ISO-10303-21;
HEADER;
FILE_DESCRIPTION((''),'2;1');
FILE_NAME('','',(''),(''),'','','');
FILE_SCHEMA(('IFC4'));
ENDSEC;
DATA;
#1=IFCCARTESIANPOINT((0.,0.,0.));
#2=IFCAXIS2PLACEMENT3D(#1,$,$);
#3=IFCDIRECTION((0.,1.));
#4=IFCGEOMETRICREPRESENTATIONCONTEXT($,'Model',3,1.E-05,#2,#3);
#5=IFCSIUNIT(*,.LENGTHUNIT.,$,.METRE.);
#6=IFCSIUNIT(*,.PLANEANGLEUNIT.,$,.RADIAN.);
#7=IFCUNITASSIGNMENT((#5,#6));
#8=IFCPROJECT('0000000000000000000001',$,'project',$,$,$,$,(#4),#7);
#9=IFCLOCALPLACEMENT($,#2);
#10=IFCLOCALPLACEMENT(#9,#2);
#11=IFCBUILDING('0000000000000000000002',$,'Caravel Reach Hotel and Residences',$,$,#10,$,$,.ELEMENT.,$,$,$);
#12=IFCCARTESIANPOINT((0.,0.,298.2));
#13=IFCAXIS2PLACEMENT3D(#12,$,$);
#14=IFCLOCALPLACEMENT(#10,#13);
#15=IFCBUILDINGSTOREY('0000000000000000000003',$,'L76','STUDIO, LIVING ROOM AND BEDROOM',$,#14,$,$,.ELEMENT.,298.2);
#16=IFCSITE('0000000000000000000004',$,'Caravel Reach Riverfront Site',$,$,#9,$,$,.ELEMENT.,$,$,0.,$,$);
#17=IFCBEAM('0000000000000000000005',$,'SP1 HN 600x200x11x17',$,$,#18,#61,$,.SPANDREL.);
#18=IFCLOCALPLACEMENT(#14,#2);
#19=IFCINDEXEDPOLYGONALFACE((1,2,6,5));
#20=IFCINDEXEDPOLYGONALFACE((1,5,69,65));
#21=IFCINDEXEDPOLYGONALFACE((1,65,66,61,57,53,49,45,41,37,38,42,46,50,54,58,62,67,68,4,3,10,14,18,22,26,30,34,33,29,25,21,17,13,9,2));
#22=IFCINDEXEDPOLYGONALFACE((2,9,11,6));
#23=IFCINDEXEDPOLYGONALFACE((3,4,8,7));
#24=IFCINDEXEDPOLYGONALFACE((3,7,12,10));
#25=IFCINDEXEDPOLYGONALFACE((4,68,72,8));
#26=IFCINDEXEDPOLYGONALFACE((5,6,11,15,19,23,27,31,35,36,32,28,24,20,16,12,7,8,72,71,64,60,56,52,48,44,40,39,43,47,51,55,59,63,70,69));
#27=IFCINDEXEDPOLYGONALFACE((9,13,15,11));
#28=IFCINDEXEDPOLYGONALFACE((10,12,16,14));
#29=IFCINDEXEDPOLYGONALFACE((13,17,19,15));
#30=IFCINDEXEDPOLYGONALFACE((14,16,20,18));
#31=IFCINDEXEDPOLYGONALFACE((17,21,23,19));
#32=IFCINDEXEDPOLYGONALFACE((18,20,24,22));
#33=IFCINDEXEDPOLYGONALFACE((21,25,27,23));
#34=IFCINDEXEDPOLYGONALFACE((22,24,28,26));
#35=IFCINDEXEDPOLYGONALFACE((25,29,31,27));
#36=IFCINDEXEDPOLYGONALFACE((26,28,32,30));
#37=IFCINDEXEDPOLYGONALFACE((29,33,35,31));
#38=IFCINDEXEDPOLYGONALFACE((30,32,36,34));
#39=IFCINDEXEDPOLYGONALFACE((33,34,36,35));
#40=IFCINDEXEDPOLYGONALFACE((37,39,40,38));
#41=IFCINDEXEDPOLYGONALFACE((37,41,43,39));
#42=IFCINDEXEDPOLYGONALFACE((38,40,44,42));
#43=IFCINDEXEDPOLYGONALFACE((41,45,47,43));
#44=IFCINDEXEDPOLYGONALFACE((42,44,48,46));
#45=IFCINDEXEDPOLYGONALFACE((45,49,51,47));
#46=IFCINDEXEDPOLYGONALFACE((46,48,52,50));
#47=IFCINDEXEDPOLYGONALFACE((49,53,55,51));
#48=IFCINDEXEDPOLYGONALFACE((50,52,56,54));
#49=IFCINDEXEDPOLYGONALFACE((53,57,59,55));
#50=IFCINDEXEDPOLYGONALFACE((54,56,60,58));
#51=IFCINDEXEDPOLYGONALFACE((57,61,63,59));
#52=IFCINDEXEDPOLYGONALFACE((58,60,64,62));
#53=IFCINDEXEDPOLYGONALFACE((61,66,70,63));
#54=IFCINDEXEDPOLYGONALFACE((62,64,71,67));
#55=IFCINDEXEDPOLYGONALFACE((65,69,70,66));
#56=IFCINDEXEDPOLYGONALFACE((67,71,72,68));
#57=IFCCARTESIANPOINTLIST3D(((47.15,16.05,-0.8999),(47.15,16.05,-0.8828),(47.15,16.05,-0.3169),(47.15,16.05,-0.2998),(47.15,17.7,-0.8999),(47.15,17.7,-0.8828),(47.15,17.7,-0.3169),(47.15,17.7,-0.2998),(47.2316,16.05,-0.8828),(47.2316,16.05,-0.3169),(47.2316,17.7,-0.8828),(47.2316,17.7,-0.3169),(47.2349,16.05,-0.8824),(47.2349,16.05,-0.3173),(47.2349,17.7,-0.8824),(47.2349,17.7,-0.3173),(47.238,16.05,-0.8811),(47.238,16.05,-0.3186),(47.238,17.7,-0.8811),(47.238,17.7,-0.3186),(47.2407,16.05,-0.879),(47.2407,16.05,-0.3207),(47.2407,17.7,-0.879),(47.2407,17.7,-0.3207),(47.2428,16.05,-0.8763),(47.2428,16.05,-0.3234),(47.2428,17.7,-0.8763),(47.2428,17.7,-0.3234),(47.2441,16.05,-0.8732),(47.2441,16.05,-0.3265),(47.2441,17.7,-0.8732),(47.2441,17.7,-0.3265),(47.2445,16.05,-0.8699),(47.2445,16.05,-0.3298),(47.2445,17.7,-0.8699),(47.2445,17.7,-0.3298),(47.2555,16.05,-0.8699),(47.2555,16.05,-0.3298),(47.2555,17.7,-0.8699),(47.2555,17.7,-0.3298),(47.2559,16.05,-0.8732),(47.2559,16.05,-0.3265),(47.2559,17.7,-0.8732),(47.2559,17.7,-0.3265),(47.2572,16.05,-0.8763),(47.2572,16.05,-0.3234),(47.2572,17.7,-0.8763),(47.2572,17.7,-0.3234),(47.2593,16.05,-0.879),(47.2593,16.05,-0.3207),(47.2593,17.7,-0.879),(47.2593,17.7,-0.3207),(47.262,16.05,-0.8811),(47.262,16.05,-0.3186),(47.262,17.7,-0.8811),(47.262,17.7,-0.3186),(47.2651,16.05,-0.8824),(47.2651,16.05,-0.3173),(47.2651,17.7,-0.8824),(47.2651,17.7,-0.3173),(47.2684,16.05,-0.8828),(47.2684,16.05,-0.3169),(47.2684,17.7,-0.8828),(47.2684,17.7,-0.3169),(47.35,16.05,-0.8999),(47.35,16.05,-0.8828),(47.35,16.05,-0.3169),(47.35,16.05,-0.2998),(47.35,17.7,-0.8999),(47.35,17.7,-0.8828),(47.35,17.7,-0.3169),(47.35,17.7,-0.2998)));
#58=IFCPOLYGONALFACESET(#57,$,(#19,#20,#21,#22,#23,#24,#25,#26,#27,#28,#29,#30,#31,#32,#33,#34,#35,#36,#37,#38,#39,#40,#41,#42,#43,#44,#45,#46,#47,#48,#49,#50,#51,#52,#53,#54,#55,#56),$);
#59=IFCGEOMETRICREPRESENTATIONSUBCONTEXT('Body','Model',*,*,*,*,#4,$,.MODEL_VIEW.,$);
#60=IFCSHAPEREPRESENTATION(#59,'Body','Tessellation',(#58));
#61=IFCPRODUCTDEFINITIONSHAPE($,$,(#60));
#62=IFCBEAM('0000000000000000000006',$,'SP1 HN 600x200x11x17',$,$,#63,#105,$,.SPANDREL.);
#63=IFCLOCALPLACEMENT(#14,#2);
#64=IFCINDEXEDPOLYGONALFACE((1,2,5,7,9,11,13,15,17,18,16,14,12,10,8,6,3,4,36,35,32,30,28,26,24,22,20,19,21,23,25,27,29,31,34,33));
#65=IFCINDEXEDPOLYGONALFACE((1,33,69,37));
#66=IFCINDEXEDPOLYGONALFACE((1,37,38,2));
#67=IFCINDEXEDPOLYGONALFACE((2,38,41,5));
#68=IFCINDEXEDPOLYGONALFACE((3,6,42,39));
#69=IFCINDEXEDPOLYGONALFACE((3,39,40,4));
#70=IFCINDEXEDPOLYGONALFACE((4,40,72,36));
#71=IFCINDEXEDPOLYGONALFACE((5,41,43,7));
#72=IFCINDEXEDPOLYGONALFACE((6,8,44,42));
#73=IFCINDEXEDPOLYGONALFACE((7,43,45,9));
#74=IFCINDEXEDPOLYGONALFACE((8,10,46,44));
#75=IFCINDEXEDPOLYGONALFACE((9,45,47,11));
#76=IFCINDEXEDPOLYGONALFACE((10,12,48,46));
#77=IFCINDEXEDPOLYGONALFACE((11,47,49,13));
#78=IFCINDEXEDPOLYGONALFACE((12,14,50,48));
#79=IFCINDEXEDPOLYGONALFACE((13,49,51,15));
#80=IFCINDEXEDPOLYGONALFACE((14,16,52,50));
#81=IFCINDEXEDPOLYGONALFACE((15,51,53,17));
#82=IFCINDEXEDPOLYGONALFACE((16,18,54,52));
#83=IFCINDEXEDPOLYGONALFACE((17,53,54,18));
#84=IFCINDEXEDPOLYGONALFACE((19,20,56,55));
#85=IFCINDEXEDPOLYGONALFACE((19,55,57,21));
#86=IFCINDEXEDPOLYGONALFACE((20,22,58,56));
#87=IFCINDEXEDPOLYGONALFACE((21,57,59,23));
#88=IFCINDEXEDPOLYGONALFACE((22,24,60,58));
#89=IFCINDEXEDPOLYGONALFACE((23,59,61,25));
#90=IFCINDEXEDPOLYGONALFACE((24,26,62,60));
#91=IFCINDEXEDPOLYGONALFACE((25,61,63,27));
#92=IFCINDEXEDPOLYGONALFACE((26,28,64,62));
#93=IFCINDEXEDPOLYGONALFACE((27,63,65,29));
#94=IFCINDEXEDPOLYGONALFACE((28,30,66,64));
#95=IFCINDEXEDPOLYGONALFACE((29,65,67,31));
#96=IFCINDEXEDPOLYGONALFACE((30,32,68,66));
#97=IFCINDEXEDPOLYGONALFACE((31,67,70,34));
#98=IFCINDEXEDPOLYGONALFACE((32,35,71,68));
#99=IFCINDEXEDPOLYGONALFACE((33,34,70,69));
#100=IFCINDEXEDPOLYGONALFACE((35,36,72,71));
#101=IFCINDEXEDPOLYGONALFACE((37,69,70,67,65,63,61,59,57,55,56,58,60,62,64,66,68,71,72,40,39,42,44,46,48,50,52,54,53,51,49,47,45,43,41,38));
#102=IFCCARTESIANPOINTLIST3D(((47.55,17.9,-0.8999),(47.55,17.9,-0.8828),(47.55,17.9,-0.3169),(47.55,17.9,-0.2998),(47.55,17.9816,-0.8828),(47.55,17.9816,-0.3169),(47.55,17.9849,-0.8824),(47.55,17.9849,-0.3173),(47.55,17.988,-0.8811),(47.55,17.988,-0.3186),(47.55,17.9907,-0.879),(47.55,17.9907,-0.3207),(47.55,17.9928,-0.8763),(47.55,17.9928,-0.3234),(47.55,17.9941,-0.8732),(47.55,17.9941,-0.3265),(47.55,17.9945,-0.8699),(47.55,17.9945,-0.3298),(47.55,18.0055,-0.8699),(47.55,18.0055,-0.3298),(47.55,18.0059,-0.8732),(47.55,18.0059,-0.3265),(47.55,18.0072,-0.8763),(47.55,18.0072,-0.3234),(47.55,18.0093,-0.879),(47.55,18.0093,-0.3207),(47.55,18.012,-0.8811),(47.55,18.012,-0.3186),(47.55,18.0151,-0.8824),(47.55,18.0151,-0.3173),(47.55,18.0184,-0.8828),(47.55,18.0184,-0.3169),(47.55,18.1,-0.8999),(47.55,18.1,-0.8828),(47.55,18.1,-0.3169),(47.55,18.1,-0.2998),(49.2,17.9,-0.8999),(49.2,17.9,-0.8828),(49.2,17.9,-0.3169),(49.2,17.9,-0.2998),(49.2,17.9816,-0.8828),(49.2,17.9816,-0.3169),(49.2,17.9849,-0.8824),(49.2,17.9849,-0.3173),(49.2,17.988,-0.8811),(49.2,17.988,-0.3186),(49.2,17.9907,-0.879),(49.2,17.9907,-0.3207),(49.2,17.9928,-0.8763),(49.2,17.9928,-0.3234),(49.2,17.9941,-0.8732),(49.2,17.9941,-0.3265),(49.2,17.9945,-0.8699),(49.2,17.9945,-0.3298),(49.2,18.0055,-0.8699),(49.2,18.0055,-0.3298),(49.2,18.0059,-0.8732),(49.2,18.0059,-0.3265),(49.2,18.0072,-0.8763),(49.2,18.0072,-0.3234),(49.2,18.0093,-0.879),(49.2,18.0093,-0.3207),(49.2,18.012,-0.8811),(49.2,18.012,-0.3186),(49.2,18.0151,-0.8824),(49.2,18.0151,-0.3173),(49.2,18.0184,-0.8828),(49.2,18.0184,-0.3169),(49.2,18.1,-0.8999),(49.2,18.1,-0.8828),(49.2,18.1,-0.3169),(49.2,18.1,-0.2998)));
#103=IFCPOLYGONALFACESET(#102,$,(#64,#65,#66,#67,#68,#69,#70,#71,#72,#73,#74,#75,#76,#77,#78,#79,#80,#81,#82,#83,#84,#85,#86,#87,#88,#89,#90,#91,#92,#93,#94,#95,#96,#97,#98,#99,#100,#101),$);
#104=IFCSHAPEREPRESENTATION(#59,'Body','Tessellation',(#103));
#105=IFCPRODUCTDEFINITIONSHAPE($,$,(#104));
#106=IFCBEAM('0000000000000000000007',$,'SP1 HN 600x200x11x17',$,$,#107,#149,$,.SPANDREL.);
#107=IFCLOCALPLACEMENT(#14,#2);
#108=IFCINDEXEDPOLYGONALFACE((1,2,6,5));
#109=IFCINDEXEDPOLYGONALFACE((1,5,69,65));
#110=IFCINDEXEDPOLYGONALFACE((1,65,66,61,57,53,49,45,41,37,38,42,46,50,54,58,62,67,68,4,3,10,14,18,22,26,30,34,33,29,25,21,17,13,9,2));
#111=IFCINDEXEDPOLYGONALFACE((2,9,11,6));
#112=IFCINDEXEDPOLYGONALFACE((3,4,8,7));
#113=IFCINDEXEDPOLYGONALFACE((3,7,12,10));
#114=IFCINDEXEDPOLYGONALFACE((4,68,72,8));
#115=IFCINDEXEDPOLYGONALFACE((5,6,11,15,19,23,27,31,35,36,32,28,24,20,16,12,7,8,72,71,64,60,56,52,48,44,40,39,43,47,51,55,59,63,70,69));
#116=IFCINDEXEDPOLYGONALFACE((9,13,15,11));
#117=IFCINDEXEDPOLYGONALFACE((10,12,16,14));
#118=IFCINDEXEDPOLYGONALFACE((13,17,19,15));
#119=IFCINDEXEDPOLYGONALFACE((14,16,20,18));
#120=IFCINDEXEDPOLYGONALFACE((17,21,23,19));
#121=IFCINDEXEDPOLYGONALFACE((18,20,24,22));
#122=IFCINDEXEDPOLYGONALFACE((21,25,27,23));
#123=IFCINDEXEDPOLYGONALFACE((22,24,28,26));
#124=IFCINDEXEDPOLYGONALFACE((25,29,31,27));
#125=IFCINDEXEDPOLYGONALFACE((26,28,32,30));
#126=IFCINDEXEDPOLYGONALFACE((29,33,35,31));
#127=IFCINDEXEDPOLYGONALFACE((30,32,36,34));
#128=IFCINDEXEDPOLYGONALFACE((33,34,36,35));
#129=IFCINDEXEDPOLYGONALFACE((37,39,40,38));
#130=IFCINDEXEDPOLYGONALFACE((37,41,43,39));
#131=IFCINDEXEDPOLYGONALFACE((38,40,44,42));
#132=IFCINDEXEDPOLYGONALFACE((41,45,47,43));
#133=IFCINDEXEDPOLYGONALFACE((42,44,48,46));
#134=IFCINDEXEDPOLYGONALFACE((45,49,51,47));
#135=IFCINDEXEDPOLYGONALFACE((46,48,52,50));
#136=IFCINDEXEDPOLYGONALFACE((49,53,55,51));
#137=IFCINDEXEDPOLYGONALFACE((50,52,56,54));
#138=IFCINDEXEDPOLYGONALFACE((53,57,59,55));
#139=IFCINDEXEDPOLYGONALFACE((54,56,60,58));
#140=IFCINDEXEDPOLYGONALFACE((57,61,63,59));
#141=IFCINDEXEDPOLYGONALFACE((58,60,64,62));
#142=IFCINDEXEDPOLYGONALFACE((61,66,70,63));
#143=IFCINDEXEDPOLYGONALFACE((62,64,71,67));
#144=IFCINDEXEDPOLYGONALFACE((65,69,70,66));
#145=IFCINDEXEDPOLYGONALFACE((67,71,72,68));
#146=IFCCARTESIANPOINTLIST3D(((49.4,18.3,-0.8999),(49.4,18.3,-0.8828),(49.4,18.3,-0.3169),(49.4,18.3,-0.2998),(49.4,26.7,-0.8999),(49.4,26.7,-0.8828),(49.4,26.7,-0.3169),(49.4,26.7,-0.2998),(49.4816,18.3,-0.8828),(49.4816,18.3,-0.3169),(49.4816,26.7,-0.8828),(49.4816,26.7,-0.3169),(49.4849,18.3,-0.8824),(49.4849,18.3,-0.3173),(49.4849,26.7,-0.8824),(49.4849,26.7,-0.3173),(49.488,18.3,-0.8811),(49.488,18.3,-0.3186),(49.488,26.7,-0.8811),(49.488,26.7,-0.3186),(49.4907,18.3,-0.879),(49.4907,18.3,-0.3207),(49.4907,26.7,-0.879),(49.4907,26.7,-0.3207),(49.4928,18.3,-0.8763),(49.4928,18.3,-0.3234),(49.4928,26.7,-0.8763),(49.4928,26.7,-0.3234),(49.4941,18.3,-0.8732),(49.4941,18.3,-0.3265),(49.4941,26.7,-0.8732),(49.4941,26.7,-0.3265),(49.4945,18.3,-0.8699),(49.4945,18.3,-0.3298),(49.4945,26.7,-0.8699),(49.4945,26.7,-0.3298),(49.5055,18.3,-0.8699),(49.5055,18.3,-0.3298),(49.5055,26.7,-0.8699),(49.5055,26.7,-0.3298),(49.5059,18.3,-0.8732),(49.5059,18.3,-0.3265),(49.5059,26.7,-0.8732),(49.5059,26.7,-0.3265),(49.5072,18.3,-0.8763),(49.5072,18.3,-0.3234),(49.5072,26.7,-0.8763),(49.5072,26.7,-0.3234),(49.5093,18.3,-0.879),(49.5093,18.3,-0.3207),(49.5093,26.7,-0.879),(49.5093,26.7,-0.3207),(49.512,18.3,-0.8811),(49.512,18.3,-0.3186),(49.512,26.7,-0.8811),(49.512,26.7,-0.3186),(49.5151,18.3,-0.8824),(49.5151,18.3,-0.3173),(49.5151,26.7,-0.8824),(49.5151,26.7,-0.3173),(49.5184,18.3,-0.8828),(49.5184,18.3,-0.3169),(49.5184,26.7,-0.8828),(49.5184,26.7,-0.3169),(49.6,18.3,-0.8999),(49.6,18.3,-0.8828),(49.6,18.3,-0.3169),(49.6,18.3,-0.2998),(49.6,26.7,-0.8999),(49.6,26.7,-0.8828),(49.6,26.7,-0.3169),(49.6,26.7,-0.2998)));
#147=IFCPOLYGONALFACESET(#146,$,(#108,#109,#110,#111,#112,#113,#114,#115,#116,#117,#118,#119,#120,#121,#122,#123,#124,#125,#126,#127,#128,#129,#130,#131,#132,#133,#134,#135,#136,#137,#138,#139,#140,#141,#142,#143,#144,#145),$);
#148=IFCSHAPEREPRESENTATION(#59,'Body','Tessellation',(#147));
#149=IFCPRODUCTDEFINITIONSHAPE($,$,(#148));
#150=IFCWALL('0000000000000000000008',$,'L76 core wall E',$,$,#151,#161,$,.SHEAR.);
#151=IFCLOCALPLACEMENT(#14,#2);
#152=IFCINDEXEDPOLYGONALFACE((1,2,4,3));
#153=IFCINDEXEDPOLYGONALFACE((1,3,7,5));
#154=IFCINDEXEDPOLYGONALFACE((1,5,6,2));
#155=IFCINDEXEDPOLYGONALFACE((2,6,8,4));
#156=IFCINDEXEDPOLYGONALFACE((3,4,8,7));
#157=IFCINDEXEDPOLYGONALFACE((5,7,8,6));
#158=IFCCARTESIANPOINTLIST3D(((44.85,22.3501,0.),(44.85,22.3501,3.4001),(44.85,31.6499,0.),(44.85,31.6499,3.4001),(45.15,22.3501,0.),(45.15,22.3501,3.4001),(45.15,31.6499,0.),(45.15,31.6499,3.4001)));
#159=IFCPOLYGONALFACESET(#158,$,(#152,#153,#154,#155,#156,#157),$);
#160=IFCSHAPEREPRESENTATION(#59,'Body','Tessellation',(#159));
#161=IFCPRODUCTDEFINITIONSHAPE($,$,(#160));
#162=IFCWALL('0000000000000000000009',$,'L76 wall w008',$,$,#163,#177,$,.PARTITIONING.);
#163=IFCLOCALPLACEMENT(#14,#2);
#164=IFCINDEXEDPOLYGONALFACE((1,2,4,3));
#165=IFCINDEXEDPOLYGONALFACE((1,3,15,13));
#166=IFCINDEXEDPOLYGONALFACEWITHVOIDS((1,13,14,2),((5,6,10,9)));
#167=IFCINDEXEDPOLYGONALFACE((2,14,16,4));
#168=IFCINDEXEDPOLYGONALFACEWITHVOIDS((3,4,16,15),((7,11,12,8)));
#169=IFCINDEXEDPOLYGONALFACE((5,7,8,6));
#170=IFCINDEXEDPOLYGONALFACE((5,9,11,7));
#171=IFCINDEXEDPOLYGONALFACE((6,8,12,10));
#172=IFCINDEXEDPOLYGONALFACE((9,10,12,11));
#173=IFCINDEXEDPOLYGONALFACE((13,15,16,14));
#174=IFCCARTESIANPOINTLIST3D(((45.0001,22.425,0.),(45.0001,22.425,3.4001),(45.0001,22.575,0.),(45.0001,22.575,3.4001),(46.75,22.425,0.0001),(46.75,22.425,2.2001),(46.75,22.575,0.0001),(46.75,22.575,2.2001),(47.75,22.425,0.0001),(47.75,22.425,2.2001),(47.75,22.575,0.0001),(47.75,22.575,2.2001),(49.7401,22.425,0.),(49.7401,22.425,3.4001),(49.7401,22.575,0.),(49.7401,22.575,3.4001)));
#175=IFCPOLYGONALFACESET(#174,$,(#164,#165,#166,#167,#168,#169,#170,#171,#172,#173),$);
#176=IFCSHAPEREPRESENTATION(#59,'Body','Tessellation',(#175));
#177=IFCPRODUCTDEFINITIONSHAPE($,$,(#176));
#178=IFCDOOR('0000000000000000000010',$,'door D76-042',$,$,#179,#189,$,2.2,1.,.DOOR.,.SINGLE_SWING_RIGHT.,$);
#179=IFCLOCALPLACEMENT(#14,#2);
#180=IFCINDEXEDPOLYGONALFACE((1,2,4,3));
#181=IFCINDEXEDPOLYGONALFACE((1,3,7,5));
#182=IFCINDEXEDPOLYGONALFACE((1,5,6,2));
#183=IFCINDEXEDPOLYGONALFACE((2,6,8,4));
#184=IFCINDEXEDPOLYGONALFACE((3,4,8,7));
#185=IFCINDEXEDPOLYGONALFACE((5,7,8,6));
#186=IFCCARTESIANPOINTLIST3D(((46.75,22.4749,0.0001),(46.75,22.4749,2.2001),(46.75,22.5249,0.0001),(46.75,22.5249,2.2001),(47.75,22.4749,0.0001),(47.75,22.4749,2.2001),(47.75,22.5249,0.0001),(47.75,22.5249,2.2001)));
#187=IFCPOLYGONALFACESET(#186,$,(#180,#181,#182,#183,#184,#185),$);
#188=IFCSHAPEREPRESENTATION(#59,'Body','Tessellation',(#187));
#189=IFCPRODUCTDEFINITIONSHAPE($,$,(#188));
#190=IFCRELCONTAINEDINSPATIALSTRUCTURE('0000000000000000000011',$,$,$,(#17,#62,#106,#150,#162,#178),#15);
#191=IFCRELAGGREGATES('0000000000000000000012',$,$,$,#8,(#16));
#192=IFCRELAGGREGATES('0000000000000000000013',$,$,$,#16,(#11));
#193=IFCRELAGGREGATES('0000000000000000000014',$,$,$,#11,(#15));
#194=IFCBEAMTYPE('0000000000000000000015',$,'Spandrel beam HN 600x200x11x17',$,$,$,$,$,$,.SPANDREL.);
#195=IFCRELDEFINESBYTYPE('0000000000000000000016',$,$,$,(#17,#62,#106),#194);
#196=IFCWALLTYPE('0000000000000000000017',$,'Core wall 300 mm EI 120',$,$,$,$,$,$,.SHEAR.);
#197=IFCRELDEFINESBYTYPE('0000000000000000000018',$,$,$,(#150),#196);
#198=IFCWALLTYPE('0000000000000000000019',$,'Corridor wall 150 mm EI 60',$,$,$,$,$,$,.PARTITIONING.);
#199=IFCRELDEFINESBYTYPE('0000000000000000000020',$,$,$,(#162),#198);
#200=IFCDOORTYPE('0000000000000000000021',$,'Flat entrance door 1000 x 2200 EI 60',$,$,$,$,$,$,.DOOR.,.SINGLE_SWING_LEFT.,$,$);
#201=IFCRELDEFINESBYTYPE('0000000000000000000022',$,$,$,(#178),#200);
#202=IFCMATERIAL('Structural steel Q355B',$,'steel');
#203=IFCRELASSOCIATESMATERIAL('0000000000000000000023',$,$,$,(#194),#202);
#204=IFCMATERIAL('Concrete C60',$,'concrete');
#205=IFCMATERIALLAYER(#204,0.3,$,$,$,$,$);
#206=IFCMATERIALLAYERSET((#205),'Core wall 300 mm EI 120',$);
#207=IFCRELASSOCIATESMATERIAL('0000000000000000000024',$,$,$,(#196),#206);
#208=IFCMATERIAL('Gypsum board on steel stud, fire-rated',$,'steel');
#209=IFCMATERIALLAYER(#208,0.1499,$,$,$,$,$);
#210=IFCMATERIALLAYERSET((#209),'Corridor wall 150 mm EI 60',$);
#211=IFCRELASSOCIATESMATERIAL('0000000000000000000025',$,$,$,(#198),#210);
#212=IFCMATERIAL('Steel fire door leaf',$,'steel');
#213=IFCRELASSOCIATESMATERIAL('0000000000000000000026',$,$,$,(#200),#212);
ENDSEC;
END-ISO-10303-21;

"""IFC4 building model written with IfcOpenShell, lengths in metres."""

from ifc_helpers import new_model, si_unit, direction, frame, frame_2d, origin, origin_2d, place, context, subcontext, project, spatial, rectangle, i_section, extrude, material, layer, layer_set, material_profile, profile_set, type_object, element, fill, save


model = new_model("IFC4")

# Units and contexts
model_context = context("Model", 3, precision=1e-05, world=origin(), true_north=direction((0.0, 1.0)))
body_context = subcontext(model_context, "Body", "Model", "MODEL_VIEW")
ifc_project = project(units=[si_unit("LENGTHUNIT", "METRE"), si_unit("PLANEANGLEUNIT", "RADIAN")], contexts=[model_context])

# Site, building, storey
site_placement = place(None, origin())
site = spatial("IfcSite", under=ifc_project, at=site_placement, Name="Caravel Reach Riverfront Site", CompositionType="ELEMENT", RefElevation=0.0)
building_placement = place(site_placement, origin())
building = spatial("IfcBuilding", under=site, at=building_placement, Name="Caravel Reach Hotel and Residences", CompositionType="ELEMENT")
storey_placement = place(building_placement, frame((0.0, 0.0, 298.2)))
storey = spatial("IfcBuildingStorey", under=building, at=storey_placement, Name="L76", Description="STUDIO, LIVING ROOM AND BEDROOM", CompositionType="ELEMENT", Elevation=298.2)

# Beams
ifc_material_1 = material(Name="Structural steel Q355B", Category="steel")
ifc_material_profile_1 = material_profile(ifc_material_1, i_section(OverallWidth=0.2, OverallDepth=0.6001, WebThickness=0.011, FlangeThickness=0.0171, FilletRadius=0.0129, at=origin_2d()), Name="HN 600x200x11x17")
ifc_profile_set_1 = profile_set([ifc_material_profile_1], Name="Structural steel Q355B")
beam_type = type_object("IfcBeamType", Name="Spandrel beam HN 600x200x11x17", PredefinedType="SPANDREL", material=ifc_profile_set_1)
for number, where, z_axis, x_axis, name in (
    (1, (47.25, 16.05, -0.5999), (0.0, 1.0, 0.0), (-1.0, 0.0, 0.0), "SP1 HN 600x200x11x17"),
    (2, (47.55, 18.0, -0.5999), (1.0, 0.0, 0.0), (0.0, 1.0, 0.0), "SP1 HN 600x200x11x17"),
):
    element("IfcBeam", number, at=place(storey_placement, frame(where, z_axis=z_axis, x_axis=x_axis)), inside=storey, type_object=beam_type, Name=name, PredefinedType="SPANDREL", context=body_context, shape_type="SweptSolid", body=[
        extrude(i_section(OverallWidth=0.2, OverallDepth=0.6001, WebThickness=0.011, FlangeThickness=0.0171, FilletRadius=0.0129, at=origin_2d()), origin(), (0.0, 0.0, 1.0), 1.6499),
    ])
beam_placement = place(storey_placement, frame((49.5, 18.3, -0.5999), z_axis=(0.0, 1.0, 0.0), x_axis=(-1.0, 0.0, 0.0)))
element("IfcBeam", 3, at=beam_placement, inside=storey, type_object=beam_type, Name="SP1 HN 600x200x11x17", PredefinedType="SPANDREL", context=body_context, shape_type="SweptSolid", body=[
    extrude(i_section(OverallWidth=0.2, OverallDepth=0.6001, WebThickness=0.011, FlangeThickness=0.0171, FilletRadius=0.0129, at=origin_2d()), origin(), (0.0, 0.0, 1.0), 8.3999),
])

# Wall
ifc_material_2 = material(Name="Concrete C60", Category="concrete")
ifc_layer_1 = layer(ifc_material_2, 0.3)
ifc_layer_set_1 = layer_set([ifc_layer_1], Name="Core wall 300 mm EI 120")
wall_type_1 = type_object("IfcWallType", Name="Core wall 300 mm EI 120", PredefinedType="SHEAR", material=ifc_layer_set_1)
wall_1_placement = place(storey_placement, frame((45.0, 22.3501, 0.0), z_axis=(0.0, 0.0, 1.0), x_axis=(0.0, 1.0, 0.0)))
element("IfcWall", 4, at=wall_1_placement, inside=storey, type_object=wall_type_1, Name="L76 core wall E", PredefinedType="SHEAR", context=body_context, shape_type="SweptSolid", body=[
    extrude(rectangle(XDim=9.2998, YDim=0.3, at=frame_2d((4.6499, 0.0))), origin(), (0.0, 0.0, 1.0), 3.4001),
])

# Wall, opening, door
ifc_material_3 = material(Name="Gypsum board on steel stud, fire-rated", Category="steel")
ifc_layer_2 = layer(ifc_material_3, 0.1499)
ifc_layer_set_2 = layer_set([ifc_layer_2], Name="Corridor wall 150 mm EI 60")
wall_type_2 = type_object("IfcWallType", Name="Corridor wall 150 mm EI 60", PredefinedType="PARTITIONING", material=ifc_layer_set_2)
wall_2_placement = place(storey_placement, frame((45.0, 22.5, 0.0), z_axis=(0.0, 0.0, 1.0), x_axis=(1.0, 0.0, 0.0)))
wall_2 = element("IfcWall", 5, at=wall_2_placement, inside=storey, type_object=wall_type_2, Name="L76 wall w008", PredefinedType="PARTITIONING", context=body_context, shape_type="SweptSolid", body=[
    extrude(rectangle(XDim=4.74, YDim=0.1499, at=frame_2d((2.3701, 0.0))), origin(), (0.0, 0.0, 1.0), 3.4001),
])
opening_1_placement = place(wall_2_placement, frame((1.75, 0.0, 0.0)))
opening_1 = element("IfcOpeningElement", 6, at=opening_1_placement, cuts=wall_2, PredefinedType="OPENING", context=body_context, shape_type="SweptSolid", body=[
    extrude(rectangle(XDim=1.0, YDim=2.2, at=frame_2d((0.5, 1.1001))), frame((0.0, 0.085, 0.0), z_axis=(0.0, -1.0, 0.0), x_axis=(1.0, 0.0, 0.0)), (0.0, 0.0, 1.0), 0.1699),
])
ifc_material_4 = material(Name="Steel fire door leaf", Category="steel")
door_type = type_object("IfcDoorType", Name="Flat entrance door 1000 x 2200 EI 60", OperationType="SINGLE_SWING_LEFT", PredefinedType="DOOR", material=ifc_material_4)
door_placement = place(opening_1_placement, origin())
door = element("IfcDoor", 7, at=door_placement, inside=storey, type_object=door_type, Name="door D76-042", OperationType="SINGLE_SWING_RIGHT", OverallHeight=2.2, OverallWidth=1.0, PredefinedType="DOOR", context=body_context, shape_type="SweptSolid", body=[
    extrude(rectangle(XDim=1.0, YDim=2.2, at=frame_2d((0.5, 1.1001))), frame((0.0, 0.0249, 0.0), z_axis=(0.0, -1.0, 0.0), x_axis=(1.0, 0.0, 0.0)), (0.0, 0.0, 1.0), 0.05),
])
fill(opening_1, door)

save(model, "model.ifc")
